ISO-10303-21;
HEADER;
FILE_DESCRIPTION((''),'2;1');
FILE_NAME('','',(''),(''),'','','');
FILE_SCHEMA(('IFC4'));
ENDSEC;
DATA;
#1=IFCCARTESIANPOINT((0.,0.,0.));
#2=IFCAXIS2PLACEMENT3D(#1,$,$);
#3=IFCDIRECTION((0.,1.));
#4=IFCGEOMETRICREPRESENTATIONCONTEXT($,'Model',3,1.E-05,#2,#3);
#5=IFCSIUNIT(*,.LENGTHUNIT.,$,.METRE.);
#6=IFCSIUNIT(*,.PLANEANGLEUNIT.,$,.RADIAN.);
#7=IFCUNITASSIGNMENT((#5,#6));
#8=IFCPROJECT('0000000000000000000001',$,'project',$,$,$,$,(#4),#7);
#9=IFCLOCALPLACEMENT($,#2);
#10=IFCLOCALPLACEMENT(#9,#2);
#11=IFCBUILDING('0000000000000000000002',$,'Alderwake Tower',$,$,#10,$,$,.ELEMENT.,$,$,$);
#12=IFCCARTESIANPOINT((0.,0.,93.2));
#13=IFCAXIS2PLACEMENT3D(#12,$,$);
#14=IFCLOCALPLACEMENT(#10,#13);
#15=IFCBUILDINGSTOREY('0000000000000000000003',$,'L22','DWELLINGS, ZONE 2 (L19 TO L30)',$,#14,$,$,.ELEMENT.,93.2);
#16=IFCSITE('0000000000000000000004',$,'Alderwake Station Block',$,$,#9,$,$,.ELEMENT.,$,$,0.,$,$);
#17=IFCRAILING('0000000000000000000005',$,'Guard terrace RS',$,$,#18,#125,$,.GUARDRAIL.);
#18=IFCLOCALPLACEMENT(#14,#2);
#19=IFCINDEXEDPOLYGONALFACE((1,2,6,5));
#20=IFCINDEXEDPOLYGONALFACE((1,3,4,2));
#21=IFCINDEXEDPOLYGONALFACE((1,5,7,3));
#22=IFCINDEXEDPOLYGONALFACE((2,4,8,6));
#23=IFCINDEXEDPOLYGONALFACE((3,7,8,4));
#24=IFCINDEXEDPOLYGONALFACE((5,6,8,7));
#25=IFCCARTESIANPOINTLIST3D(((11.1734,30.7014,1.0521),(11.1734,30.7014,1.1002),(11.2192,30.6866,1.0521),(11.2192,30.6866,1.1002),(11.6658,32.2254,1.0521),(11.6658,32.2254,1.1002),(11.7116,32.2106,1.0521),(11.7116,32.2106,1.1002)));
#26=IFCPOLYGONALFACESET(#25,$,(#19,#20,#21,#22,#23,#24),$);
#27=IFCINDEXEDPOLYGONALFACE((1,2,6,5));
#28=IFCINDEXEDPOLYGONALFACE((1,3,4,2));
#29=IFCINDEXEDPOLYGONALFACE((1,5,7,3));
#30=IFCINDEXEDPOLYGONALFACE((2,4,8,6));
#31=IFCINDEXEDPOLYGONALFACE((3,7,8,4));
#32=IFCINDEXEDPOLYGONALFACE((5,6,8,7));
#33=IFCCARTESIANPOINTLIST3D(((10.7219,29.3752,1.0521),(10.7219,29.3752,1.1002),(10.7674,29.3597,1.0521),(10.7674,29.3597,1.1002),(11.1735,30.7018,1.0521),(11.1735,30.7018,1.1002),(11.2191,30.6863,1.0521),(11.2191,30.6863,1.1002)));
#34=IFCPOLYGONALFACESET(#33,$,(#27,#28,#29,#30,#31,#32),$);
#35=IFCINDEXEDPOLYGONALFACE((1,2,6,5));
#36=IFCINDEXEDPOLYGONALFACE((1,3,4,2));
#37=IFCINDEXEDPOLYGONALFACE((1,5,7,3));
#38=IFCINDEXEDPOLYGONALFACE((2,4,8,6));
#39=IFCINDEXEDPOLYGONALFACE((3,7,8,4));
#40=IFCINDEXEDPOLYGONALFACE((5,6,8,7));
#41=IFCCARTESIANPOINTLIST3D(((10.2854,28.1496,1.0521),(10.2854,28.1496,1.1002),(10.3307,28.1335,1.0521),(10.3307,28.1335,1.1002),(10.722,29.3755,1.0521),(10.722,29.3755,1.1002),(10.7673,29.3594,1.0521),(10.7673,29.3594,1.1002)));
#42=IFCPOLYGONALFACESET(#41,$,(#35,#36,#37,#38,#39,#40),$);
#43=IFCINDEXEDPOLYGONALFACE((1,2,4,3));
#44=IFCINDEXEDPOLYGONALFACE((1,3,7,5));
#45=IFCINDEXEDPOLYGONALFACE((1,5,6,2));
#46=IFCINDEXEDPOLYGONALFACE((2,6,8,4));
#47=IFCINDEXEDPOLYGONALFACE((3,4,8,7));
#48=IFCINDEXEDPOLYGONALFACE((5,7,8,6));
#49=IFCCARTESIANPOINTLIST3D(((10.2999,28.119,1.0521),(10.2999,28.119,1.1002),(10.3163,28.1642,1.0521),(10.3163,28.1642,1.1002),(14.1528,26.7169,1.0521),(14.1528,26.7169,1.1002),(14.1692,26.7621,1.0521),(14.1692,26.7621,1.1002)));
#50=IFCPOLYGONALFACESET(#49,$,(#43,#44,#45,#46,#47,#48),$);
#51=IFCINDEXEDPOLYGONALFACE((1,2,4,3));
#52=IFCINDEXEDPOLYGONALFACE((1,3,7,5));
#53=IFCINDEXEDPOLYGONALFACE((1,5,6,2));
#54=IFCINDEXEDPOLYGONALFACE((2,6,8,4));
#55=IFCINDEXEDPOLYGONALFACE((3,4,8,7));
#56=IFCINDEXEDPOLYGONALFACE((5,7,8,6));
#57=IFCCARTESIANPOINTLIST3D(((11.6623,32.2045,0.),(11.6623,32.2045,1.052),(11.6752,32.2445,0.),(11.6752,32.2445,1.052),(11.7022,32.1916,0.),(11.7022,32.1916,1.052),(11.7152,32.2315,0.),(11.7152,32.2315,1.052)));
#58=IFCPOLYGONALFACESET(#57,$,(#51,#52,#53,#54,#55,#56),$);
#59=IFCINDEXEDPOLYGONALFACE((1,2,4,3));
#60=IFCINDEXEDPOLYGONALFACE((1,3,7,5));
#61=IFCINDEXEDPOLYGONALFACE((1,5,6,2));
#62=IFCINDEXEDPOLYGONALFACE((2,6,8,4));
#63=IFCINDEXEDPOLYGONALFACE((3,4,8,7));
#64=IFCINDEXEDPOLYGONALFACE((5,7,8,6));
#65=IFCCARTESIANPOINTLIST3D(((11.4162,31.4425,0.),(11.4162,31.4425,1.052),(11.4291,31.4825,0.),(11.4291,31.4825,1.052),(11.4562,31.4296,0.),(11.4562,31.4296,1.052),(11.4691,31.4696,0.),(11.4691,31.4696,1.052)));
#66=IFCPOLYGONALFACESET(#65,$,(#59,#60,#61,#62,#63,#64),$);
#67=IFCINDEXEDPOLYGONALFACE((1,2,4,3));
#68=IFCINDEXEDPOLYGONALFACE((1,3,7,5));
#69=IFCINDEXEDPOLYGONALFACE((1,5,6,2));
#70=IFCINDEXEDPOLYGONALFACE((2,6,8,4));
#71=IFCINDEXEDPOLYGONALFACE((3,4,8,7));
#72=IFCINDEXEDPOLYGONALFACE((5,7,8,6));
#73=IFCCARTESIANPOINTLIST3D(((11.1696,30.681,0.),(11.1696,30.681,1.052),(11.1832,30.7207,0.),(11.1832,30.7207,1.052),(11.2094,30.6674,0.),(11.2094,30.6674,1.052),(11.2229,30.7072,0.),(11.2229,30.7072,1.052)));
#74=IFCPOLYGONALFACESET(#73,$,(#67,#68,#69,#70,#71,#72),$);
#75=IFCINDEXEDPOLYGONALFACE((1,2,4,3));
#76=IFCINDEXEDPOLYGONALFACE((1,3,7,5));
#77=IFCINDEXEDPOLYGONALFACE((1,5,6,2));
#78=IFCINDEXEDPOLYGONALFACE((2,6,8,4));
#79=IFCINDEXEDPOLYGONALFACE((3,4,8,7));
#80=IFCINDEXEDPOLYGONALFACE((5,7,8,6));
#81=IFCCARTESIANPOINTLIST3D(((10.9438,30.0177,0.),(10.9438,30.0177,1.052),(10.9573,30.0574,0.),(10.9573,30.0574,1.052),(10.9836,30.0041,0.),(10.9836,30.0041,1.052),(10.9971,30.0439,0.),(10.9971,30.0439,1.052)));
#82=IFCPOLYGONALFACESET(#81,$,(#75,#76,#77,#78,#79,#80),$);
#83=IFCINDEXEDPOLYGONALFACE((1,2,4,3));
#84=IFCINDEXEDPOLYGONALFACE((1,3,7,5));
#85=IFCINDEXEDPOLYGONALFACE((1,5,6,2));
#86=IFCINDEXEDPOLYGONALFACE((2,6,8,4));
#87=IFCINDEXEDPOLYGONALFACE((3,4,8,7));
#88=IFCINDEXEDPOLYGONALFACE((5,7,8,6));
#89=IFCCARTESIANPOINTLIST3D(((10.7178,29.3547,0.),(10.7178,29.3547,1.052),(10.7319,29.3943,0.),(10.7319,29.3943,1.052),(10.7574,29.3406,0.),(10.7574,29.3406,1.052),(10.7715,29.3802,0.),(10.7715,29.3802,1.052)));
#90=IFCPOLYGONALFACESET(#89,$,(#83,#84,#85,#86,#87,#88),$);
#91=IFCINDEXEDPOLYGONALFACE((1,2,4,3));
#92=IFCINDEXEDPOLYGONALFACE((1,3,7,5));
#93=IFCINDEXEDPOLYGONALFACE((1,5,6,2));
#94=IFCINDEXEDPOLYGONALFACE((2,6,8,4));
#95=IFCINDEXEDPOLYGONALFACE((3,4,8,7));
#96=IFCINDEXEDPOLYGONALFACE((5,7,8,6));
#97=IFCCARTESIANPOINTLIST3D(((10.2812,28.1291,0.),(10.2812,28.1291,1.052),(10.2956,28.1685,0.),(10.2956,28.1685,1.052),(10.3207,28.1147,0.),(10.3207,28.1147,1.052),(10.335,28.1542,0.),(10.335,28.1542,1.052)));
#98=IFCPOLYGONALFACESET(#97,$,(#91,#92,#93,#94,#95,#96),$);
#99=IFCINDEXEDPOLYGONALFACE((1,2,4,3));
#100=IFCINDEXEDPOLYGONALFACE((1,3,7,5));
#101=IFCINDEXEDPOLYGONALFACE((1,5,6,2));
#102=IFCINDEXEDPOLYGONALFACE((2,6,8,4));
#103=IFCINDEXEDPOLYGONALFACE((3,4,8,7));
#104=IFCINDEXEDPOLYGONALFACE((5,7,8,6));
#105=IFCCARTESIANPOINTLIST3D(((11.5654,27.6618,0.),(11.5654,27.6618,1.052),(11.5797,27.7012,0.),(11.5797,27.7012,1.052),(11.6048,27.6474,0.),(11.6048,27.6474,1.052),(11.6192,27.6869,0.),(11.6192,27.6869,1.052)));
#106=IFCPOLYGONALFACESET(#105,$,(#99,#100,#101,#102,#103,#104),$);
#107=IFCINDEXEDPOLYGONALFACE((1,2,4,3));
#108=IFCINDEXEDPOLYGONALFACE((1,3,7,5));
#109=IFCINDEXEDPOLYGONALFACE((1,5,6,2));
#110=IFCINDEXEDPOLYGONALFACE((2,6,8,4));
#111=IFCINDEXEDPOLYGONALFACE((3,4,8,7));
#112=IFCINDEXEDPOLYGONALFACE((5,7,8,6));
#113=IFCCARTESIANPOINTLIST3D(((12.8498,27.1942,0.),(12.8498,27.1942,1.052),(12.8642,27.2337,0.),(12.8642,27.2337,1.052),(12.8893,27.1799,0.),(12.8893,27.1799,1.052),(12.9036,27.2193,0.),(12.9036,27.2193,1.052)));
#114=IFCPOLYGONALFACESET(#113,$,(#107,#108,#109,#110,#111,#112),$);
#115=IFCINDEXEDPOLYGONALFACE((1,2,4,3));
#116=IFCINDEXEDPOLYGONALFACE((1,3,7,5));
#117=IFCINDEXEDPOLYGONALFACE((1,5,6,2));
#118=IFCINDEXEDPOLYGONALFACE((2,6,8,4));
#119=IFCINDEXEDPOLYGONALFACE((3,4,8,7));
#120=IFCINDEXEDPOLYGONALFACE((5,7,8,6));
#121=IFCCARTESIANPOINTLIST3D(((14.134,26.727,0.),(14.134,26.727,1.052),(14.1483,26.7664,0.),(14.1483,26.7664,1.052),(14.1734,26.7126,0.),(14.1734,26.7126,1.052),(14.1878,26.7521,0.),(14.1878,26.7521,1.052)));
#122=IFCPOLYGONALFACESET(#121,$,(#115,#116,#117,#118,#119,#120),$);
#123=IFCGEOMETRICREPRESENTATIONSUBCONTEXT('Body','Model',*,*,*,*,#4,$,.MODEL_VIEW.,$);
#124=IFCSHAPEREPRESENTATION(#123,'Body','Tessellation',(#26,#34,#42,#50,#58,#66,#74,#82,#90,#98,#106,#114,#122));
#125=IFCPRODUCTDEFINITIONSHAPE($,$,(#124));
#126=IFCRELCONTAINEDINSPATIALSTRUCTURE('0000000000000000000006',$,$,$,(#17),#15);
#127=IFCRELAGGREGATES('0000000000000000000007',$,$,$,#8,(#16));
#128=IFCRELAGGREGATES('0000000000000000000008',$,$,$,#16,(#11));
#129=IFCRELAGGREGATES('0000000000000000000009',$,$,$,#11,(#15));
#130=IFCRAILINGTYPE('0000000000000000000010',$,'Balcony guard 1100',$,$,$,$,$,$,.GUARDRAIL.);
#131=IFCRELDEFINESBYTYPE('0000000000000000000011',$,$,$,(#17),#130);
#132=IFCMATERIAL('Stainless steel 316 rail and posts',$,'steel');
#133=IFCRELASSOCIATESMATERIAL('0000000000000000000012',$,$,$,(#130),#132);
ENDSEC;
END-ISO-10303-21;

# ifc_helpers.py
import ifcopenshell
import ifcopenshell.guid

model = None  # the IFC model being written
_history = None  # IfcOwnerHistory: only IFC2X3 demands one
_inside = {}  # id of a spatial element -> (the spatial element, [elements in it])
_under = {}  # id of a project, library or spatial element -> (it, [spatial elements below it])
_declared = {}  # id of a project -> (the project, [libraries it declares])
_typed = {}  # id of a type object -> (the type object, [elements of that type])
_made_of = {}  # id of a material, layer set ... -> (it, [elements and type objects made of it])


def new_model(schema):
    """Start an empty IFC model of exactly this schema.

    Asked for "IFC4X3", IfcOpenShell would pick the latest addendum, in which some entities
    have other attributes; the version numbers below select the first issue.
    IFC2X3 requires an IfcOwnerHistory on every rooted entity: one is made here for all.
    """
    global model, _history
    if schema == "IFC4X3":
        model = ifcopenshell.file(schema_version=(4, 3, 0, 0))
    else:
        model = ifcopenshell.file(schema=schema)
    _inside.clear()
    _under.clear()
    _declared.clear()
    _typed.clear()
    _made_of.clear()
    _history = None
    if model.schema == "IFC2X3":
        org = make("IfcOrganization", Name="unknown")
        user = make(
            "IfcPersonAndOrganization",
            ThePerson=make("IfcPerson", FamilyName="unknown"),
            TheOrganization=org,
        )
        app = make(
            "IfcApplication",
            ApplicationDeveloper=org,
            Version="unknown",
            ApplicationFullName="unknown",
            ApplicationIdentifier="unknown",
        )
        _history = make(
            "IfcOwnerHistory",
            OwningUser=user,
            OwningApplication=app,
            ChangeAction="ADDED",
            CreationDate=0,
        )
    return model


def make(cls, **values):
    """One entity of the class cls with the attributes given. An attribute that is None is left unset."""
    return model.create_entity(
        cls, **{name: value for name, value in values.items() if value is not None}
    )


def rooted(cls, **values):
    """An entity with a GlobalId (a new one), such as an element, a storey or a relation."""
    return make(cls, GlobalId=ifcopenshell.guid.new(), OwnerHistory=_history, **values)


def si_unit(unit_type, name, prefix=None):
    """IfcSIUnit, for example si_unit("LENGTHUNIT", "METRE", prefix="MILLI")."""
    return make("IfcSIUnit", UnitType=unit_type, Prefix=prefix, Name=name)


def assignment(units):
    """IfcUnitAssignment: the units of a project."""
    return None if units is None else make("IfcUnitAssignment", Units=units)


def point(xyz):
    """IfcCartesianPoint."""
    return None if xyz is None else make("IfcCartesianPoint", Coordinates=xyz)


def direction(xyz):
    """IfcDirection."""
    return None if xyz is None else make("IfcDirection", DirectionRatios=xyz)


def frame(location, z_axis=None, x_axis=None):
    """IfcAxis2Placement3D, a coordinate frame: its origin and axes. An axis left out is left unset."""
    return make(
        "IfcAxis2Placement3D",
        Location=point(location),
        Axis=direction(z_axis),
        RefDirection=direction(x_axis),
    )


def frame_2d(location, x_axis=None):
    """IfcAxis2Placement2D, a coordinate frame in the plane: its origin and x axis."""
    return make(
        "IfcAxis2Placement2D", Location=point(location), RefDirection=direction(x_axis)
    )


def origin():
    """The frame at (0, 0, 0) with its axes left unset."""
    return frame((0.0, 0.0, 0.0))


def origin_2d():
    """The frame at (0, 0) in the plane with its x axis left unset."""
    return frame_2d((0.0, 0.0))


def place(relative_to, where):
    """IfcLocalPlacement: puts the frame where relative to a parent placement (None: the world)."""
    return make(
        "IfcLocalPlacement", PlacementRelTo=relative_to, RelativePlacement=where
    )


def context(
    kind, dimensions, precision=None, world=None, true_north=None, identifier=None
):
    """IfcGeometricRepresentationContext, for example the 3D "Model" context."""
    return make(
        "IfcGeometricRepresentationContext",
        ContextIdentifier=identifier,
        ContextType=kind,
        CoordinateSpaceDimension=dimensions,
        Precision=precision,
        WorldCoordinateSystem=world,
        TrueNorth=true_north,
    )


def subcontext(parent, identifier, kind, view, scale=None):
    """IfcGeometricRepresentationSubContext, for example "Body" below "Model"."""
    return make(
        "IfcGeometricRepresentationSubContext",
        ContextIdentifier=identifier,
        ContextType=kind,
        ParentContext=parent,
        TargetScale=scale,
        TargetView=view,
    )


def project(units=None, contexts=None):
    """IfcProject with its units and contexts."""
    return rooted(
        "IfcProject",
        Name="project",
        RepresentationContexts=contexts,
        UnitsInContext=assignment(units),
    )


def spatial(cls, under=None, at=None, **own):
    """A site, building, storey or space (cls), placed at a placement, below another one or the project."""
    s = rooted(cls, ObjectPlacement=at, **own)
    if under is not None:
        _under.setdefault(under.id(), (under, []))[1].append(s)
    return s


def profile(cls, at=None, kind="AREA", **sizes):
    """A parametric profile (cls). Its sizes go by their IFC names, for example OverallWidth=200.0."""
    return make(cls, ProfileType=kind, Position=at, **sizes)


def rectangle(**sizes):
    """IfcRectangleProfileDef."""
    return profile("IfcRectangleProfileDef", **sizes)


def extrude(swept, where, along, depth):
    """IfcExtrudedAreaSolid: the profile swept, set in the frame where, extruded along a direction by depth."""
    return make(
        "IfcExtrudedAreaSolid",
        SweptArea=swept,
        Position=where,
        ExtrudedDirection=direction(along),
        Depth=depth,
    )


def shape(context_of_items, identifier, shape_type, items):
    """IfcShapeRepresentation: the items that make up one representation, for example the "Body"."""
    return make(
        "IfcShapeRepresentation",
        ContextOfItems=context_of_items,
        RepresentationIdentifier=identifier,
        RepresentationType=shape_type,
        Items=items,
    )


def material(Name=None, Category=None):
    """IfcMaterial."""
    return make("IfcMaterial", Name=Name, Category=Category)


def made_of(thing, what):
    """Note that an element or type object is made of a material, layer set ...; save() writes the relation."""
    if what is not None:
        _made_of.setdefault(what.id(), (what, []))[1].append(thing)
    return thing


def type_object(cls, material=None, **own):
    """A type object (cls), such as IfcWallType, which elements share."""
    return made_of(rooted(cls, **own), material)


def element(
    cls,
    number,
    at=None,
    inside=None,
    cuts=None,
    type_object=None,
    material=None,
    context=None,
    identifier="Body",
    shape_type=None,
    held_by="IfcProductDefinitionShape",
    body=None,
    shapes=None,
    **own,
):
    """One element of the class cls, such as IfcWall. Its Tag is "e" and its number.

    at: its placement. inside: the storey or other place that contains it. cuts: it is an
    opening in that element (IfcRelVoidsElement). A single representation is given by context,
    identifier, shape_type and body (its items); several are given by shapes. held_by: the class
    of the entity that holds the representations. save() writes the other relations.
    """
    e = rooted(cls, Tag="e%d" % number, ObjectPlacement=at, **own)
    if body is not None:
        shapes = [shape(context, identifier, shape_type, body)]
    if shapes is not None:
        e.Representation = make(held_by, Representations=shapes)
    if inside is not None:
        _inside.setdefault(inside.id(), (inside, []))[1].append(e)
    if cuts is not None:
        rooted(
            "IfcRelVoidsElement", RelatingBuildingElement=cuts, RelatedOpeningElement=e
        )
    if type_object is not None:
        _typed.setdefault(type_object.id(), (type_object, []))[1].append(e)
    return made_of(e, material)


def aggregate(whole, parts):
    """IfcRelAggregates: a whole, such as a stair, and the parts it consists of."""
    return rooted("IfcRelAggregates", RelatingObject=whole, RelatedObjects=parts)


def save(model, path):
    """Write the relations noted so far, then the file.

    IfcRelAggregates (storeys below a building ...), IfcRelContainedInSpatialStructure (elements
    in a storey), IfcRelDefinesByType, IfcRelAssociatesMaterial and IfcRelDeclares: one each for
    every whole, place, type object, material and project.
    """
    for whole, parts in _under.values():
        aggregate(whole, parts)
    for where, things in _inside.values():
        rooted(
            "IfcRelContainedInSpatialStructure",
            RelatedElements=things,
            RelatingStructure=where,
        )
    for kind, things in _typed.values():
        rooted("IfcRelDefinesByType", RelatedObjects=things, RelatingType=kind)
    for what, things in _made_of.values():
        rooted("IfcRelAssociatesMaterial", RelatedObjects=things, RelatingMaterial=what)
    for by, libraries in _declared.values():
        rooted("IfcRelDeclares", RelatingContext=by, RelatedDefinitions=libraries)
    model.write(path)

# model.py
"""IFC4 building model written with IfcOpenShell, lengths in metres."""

from ifc_helpers import new_model, si_unit, direction, frame, origin, origin_2d, place, context, subcontext, project, spatial, rectangle, extrude, material, type_object, element, save


model = new_model("IFC4")

# Units and contexts
model_context = context("Model", 3, precision=1e-05, world=origin(), true_north=direction((0.0, 1.0)))
body_context = subcontext(model_context, "Body", "Model", "MODEL_VIEW")
ifc_project = project(units=[si_unit("LENGTHUNIT", "METRE"), si_unit("PLANEANGLEUNIT", "RADIAN")], contexts=[model_context])

# Site, building, storey
site_placement = place(None, origin())
site = spatial("IfcSite", under=ifc_project, at=site_placement, Name="Alderwake Station Block", CompositionType="ELEMENT", RefElevation=0.0)
building_placement = place(site_placement, origin())
building = spatial("IfcBuilding", under=site, at=building_placement, Name="Alderwake Tower", CompositionType="ELEMENT")
storey_placement = place(building_placement, frame((0.0, 0.0, 93.2)))
storey = spatial("IfcBuildingStorey", under=building, at=storey_placement, Name="L22", Description="DWELLINGS, ZONE 2 (L19 TO L30)", CompositionType="ELEMENT", Elevation=93.2)

# Railing
ifc_material_1 = material(Name="Stainless steel 316 rail and posts", Category="steel")
railing_type = type_object("IfcRailingType", Name="Balcony guard 1100", PredefinedType="GUARDRAIL", material=ifc_material_1)
railing_1_placement = place(storey_placement, frame((11.6887, 32.218, 0.0)))
element("IfcRailing", 1, at=railing_1_placement, inside=storey, type_object=railing_type, Name="Guard terrace RS", PredefinedType="GUARDRAIL", context=body_context, shape_type="SweptSolid", body=[
    extrude(rectangle(XDim=0.0481, YDim=0.0481, at=origin_2d()), frame((0.0, 0.0, 1.0762), z_axis=(-0.307479, -0.951555, 0.0), x_axis=(0.951555, -0.307479, 0.0)), (0.0, 0.0, 1.0), 1.6016),
    extrude(rectangle(XDim=0.0481, YDim=0.0481, at=origin_2d()), frame((-0.4924, -1.5239, 1.0762), z_axis=(-0.322284, -0.946643, 0.0), x_axis=(0.946643, -0.322284, 0.0)), (0.0, 0.0, 1.0), 1.4014),
    extrude(rectangle(XDim=0.0481, YDim=0.0481, at=origin_2d()), frame((-0.9441, -2.8506, 1.0762), z_axis=(-0.335469, -0.942051, 0.0), x_axis=(0.942051, -0.335469, 0.0)), (0.0, 0.0, 1.0), 1.3013),
    extrude(rectangle(XDim=0.0481, YDim=0.0481, at=origin_2d()), frame((-1.3806, -4.0764, 1.0762), z_axis=(0.939708, -0.341977, 0.0), x_axis=(0.341977, 0.939708, 0.0)), (0.0, 0.0, 1.0), 4.1001),
    extrude(rectangle(XDim=0.042, YDim=0.042, at=origin_2d()), frame((0.0, 0.0, 0.0), z_axis=(0.0, 0.0, 1.0), x_axis=(-0.307479, -0.951555, 0.0)), (0.0, 0.0, 1.0), 1.052),
    extrude(rectangle(XDim=0.042, YDim=0.042, at=origin_2d()), frame((-0.2461, -0.762, 0.0), z_axis=(0.0, 0.0, 1.0), x_axis=(-0.307479, -0.951555, 0.0)), (0.0, 0.0, 1.0), 1.052),
    extrude(rectangle(XDim=0.042, YDim=0.042, at=origin_2d()), frame((-0.4924, -1.5239, 0.0), z_axis=(0.0, 0.0, 1.0), x_axis=(-0.322284, -0.946643, 0.0)), (0.0, 0.0, 1.0), 1.052),
    extrude(rectangle(XDim=0.042, YDim=0.042, at=origin_2d()), frame((-0.7183, -2.1873, 0.0), z_axis=(0.0, 0.0, 1.0), x_axis=(-0.322284, -0.946643, 0.0)), (0.0, 0.0, 1.0), 1.052),
    extrude(rectangle(XDim=0.042, YDim=0.042, at=origin_2d()), frame((-0.9441, -2.8506, 0.0), z_axis=(0.0, 0.0, 1.0), x_axis=(-0.335469, -0.942051, 0.0)), (0.0, 0.0, 1.0), 1.052),
    extrude(rectangle(XDim=0.042, YDim=0.042, at=origin_2d()), frame((-1.3806, -4.0764, 0.0), z_axis=(0.0, 0.0, 1.0), x_axis=(0.939708, -0.341977, 0.0)), (0.0, 0.0, 1.0), 1.052),
    extrude(rectangle(XDim=0.042, YDim=0.042, at=origin_2d()), frame((-0.0964, -4.5437, 0.0), z_axis=(0.0, 0.0, 1.0), x_axis=(0.939708, -0.341977, 0.0)), (0.0, 0.0, 1.0), 1.052),
    extrude(rectangle(XDim=0.042, YDim=0.042, at=origin_2d()), frame((1.188, -5.0112, 0.0), z_axis=(0.0, 0.0, 1.0), x_axis=(0.939708, -0.341977, 0.0)), (0.0, 0.0, 1.0), 1.052),
    extrude(rectangle(XDim=0.042, YDim=0.042, at=origin_2d()), frame((2.4722, -5.4785, 0.0), z_axis=(0.0, 0.0, 1.0), x_axis=(0.939708, -0.341977, 0.0)), (0.0, 0.0, 1.0), 1.052),
])

save(model, "model.ifc")
